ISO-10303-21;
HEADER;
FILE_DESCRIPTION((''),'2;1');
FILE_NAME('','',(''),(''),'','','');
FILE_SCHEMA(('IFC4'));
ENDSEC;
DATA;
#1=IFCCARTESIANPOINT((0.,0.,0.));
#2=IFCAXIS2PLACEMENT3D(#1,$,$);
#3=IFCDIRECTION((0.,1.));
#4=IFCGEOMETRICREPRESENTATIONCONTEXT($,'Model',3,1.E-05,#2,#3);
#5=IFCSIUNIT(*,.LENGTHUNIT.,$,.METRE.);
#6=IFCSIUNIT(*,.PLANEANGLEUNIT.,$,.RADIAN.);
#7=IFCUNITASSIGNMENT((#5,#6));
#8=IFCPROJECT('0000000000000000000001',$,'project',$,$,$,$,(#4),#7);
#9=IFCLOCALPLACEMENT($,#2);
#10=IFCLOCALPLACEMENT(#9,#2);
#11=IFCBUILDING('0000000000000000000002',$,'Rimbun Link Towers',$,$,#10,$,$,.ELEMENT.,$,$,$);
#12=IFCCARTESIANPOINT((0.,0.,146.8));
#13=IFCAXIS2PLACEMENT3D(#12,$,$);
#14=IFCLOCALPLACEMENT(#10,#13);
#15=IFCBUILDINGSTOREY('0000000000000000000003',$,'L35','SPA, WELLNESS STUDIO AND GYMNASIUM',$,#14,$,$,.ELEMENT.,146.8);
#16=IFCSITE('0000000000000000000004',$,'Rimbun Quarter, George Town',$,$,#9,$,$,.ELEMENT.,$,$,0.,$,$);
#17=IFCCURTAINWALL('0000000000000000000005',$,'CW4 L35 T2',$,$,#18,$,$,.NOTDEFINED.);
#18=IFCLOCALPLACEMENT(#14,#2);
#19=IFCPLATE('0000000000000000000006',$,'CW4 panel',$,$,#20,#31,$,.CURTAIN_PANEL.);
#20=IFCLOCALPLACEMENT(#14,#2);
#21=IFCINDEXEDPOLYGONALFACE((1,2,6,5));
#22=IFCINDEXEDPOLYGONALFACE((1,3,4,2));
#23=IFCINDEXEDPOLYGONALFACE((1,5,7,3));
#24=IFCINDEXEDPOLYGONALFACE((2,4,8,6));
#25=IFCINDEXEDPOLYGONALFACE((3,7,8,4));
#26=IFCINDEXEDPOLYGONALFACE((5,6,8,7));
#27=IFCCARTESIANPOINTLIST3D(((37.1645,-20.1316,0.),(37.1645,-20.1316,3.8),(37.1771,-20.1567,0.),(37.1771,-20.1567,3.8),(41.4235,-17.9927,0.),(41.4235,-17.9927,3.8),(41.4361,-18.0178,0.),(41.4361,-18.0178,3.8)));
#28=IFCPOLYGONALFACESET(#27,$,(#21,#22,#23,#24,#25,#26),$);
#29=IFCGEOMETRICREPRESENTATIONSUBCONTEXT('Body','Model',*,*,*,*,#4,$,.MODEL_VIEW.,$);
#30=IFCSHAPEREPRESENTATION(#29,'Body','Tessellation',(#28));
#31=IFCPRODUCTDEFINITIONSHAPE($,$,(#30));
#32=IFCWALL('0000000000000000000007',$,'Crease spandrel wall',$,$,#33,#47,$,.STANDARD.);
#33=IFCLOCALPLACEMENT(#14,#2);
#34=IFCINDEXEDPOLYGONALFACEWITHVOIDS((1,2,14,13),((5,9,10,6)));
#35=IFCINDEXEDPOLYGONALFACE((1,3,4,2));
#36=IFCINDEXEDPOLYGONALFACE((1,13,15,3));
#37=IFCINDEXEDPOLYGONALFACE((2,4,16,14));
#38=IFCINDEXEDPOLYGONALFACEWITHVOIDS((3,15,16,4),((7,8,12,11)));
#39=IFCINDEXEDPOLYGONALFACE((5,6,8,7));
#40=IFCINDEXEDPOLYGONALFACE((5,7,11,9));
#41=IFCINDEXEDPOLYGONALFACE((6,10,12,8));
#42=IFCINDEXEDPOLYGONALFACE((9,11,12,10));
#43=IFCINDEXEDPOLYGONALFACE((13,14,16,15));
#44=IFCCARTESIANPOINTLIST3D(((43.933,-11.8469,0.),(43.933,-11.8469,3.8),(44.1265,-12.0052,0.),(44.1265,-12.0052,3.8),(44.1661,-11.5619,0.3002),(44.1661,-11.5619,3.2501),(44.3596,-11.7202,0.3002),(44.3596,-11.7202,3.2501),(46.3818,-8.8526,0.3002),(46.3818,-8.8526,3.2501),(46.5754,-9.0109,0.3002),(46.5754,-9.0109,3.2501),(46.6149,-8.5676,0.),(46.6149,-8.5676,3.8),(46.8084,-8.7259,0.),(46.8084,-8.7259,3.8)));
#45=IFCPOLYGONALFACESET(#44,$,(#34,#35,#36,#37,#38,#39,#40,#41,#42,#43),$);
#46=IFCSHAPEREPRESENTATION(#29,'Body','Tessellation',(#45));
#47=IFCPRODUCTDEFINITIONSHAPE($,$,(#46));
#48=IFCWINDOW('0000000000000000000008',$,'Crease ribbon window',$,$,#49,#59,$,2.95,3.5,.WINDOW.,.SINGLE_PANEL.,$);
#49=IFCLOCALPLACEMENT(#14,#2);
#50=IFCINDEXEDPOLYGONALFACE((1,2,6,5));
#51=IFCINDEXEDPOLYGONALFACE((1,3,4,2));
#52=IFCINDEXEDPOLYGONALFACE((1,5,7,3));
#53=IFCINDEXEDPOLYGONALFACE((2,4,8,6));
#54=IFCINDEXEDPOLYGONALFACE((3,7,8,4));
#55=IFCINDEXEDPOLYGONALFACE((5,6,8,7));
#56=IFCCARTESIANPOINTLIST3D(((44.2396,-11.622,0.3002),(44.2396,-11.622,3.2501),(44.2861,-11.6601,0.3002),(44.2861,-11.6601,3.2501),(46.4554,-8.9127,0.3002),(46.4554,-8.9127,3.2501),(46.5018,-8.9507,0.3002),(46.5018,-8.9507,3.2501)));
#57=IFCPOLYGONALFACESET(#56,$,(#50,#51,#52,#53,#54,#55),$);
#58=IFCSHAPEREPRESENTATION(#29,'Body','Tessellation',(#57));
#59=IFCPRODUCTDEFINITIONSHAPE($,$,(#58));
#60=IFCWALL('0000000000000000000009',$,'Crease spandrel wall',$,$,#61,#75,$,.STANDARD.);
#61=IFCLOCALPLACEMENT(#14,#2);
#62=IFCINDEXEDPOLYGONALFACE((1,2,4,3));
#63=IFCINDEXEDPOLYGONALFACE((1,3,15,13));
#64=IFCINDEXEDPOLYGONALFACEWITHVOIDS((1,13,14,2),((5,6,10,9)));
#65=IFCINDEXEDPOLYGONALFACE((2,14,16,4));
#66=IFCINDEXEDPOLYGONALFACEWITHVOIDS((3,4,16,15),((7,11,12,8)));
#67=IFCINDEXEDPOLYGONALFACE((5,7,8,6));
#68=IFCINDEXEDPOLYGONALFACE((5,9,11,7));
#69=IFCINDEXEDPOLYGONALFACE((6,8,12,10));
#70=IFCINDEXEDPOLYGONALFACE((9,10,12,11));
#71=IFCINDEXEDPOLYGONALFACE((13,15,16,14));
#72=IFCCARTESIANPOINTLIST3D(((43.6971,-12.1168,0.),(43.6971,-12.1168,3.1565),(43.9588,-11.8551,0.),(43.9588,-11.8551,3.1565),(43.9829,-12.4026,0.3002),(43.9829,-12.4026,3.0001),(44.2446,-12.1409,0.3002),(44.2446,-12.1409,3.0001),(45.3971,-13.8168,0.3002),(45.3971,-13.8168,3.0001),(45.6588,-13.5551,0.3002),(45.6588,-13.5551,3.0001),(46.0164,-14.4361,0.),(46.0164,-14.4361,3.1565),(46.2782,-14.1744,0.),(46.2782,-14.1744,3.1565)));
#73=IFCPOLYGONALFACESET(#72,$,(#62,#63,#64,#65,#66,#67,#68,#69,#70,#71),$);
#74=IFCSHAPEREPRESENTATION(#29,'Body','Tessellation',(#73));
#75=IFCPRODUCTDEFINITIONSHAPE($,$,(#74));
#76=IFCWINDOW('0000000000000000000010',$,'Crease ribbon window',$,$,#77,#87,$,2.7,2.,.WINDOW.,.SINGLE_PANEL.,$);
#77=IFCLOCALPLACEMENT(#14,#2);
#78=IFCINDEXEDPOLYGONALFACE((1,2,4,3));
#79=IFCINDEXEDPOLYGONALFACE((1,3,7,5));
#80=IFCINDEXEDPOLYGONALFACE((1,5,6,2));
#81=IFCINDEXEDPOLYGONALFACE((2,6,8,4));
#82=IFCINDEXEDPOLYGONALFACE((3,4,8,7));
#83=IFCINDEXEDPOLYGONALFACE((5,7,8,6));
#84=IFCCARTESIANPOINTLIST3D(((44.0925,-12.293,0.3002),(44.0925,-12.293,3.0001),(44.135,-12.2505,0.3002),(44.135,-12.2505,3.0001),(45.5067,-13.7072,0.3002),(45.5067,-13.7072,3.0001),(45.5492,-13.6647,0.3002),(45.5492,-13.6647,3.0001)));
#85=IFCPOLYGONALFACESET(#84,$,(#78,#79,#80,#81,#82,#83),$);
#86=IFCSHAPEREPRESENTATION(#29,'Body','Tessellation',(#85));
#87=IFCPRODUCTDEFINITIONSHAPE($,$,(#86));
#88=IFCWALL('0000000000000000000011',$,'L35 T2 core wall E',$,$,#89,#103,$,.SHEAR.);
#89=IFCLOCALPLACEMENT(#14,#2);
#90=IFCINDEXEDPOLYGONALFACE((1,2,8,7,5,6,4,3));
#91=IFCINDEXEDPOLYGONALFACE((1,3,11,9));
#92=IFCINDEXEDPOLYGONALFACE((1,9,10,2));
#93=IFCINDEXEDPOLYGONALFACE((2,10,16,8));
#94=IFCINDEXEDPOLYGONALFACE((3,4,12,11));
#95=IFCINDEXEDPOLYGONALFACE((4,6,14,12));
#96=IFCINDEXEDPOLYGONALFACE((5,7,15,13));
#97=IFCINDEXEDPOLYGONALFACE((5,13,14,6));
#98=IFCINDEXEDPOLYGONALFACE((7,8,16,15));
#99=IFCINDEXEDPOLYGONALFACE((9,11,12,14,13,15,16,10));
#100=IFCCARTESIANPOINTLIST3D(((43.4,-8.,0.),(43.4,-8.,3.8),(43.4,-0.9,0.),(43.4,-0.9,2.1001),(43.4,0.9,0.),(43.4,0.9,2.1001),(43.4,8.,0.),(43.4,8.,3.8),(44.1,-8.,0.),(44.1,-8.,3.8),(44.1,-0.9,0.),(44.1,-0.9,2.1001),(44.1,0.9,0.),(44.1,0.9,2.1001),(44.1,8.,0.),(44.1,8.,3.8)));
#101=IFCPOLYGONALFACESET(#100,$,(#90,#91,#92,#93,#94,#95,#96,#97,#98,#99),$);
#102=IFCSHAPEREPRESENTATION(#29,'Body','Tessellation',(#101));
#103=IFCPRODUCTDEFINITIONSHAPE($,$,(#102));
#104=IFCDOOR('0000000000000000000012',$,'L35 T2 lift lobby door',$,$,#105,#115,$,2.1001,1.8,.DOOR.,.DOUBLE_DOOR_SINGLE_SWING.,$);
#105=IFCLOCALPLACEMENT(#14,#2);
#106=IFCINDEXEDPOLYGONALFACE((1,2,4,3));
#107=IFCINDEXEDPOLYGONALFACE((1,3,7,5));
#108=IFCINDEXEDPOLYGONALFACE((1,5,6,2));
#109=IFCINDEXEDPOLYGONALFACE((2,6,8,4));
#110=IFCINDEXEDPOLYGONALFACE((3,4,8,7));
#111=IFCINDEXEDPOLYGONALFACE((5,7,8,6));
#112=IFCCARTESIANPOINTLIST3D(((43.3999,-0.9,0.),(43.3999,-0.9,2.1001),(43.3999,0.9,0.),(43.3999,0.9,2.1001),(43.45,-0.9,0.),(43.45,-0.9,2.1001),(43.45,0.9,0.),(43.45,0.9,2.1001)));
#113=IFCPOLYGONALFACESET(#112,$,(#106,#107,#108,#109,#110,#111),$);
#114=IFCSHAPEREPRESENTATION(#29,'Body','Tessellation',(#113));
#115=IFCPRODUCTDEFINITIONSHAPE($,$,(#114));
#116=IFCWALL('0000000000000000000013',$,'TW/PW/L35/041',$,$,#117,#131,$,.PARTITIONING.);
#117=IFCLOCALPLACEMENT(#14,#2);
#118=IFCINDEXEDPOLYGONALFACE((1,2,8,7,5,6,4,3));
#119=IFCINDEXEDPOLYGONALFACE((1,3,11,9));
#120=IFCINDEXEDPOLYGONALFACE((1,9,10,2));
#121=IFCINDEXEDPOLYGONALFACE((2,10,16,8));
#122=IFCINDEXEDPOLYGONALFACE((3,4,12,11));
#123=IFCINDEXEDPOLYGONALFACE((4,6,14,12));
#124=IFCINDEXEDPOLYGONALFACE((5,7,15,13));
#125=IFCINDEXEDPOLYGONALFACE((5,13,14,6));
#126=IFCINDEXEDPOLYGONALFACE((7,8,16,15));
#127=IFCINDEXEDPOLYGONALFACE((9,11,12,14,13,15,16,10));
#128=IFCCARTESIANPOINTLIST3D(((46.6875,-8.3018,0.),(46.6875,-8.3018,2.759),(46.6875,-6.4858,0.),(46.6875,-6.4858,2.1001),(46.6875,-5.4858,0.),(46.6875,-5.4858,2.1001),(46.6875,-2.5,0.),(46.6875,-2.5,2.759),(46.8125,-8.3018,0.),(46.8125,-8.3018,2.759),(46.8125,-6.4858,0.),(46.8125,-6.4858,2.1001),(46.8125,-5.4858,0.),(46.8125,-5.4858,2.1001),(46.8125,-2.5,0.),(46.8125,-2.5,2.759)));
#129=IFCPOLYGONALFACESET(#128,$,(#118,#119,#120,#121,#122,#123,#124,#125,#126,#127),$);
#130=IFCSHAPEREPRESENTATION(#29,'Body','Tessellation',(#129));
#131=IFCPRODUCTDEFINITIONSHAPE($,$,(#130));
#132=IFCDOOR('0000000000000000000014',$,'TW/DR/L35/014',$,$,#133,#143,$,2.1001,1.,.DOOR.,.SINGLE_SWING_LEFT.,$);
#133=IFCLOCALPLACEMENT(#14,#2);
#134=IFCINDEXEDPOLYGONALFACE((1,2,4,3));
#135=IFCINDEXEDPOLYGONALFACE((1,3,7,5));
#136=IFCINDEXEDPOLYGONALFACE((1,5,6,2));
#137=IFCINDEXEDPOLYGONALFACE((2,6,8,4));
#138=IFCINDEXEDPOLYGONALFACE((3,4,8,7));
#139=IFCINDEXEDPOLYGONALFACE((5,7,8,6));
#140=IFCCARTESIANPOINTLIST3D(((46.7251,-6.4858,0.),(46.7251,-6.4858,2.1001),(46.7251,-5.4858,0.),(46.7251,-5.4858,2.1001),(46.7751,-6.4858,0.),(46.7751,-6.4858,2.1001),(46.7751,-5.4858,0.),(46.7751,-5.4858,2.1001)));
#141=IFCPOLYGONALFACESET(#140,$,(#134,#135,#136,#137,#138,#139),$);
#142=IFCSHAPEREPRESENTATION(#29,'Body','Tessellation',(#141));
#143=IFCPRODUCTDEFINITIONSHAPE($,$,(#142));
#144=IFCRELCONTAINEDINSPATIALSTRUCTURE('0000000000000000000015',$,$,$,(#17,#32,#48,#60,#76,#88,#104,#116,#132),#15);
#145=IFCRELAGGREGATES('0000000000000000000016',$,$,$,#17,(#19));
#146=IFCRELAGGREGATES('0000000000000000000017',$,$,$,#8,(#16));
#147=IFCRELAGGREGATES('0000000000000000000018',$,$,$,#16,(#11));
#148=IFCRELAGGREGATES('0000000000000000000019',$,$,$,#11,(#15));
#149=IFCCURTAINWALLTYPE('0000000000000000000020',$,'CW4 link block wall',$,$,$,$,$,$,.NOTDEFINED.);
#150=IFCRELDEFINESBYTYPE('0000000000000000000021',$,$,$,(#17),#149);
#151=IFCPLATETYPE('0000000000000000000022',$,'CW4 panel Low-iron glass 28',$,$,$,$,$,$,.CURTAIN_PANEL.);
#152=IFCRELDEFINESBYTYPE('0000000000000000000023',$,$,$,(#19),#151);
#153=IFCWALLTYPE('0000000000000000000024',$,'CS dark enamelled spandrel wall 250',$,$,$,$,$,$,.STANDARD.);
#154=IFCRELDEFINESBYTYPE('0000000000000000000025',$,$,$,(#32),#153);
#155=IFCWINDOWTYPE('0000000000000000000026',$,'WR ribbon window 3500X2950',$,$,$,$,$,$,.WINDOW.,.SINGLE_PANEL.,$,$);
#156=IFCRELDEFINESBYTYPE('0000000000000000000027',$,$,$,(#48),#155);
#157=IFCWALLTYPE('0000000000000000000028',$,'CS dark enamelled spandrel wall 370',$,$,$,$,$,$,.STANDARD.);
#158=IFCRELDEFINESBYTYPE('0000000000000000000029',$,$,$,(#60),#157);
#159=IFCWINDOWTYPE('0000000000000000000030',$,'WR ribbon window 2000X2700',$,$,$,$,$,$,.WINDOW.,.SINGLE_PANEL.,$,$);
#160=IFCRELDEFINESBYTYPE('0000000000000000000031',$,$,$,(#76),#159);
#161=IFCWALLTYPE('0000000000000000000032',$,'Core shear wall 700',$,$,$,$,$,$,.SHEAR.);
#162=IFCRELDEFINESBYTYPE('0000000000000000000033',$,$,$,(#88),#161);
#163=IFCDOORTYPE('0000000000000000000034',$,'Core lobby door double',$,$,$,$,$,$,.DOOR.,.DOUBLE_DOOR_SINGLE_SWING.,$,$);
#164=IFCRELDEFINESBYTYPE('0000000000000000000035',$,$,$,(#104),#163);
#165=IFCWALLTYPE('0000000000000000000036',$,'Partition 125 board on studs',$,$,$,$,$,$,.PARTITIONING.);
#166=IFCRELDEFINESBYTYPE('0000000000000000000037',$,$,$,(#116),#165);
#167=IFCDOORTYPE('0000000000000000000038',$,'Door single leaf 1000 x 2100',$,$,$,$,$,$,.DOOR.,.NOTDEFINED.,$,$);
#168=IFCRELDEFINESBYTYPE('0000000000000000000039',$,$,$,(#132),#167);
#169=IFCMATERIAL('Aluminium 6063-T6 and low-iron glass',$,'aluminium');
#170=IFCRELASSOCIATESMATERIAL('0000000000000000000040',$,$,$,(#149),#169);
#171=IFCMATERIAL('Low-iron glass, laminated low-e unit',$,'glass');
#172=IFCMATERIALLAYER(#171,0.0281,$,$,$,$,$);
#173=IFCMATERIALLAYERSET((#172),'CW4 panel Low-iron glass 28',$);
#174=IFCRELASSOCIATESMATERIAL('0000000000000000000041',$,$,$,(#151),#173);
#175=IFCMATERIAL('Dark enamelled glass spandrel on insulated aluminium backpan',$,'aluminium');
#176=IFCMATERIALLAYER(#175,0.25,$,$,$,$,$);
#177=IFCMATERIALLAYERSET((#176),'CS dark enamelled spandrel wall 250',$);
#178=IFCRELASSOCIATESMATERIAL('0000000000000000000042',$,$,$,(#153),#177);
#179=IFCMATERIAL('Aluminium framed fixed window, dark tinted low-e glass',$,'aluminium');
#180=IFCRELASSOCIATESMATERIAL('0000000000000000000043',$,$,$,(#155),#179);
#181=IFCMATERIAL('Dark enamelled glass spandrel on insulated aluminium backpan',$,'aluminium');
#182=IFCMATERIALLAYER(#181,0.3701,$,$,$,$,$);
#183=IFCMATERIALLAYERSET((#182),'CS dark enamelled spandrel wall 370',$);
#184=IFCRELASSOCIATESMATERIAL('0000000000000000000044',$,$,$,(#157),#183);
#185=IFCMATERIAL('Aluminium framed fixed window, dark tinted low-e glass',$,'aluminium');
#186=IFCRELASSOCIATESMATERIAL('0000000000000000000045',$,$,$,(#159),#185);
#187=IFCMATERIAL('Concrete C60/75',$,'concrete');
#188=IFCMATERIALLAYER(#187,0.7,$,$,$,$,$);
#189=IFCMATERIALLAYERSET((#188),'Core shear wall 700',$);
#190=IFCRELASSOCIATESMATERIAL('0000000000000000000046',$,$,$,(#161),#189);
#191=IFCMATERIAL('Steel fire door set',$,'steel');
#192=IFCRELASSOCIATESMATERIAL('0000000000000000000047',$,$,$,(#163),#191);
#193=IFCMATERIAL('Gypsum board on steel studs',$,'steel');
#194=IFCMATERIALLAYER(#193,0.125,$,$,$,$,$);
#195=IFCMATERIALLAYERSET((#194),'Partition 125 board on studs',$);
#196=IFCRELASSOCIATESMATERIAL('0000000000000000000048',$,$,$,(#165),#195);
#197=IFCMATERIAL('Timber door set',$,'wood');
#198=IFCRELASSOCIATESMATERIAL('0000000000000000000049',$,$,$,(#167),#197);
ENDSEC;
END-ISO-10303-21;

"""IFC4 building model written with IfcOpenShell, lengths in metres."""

from ifc_helpers import new_model, si_unit, direction, frame, frame_2d, origin, origin_2d, place, context, subcontext, project, spatial, rectangle, extrude, material, layer, layer_set, type_object, element, fill, aggregate, save


model = new_model("IFC4")

# Units and contexts
model_context = context("Model", 3, precision=1e-05, world=origin(), true_north=direction((0.0, 1.0)))
body_context = subcontext(model_context, "Body", "Model", "MODEL_VIEW")
ifc_project = project(units=[si_unit("LENGTHUNIT", "METRE"), si_unit("PLANEANGLEUNIT", "RADIAN")], contexts=[model_context])

# Site, building, storey
site_placement = place(None, origin())
site = spatial("IfcSite", under=ifc_project, at=site_placement, Name="Rimbun Quarter, George Town", CompositionType="ELEMENT", RefElevation=0.0)
building_placement = place(site_placement, origin())
building = spatial("IfcBuilding", under=site, at=building_placement, Name="Rimbun Link Towers", CompositionType="ELEMENT")
storey_placement = place(building_placement, frame((0.0, 0.0, 146.8)))
storey = spatial("IfcBuildingStorey", under=building, at=storey_placement, Name="L35", Description="SPA, WELLNESS STUDIO AND GYMNASIUM", CompositionType="ELEMENT", Elevation=146.8)

# Curtain wall
ifc_material_1 = material(Name="Aluminium 6063-T6 and low-iron glass", Category="aluminium")
curtain_wall_type = type_object("IfcCurtainWallType", Name="CW4 link block wall", PredefinedType="NOTDEFINED", material=ifc_material_1)
curtain_wall_placement = place(storey_placement, origin())
curtain_wall = element("IfcCurtainWall", 1, at=curtain_wall_placement, inside=storey, type_object=curtain_wall_type, Name="CW4 L35 T2", PredefinedType="NOTDEFINED")

# Plate
ifc_material_2 = material(Name="Low-iron glass, laminated low-e unit", Category="glass")
ifc_layer_1 = layer(ifc_material_2, 0.0281)
ifc_layer_set_1 = layer_set([ifc_layer_1], Name="CW4 panel Low-iron glass 28")
plate_type = type_object("IfcPlateType", Name="CW4 panel Low-iron glass 28", PredefinedType="CURTAIN_PANEL", material=ifc_layer_set_1)
plate_placement = place(storey_placement, frame((39.3003, -19.0747, 0.0), z_axis=(0.0, 0.0, 1.0), x_axis=(-0.893641, -0.448782, 0.0)))
plate = element("IfcPlate", 2, at=plate_placement, type_object=plate_type, Name="CW4 panel", PredefinedType="CURTAIN_PANEL", context=body_context, shape_type="SweptSolid", body=[
    extrude(rectangle(XDim=4.7659, YDim=0.0281, at=origin_2d()), origin(), (0.0, 0.0, 1.0), 3.8),
])
aggregate(curtain_wall, [plate])

# Walls, openings, windows
ifc_material_3 = material(Name="Dark enamelled glass spandrel on insulated aluminium backpan", Category="aluminium")
ifc_layer_2 = layer(ifc_material_3, 0.25)
ifc_layer_set_2 = layer_set([ifc_layer_2], Name="CS dark enamelled spandrel wall 250")
wall_type_1 = type_object("IfcWallType", Name="CS dark enamelled spandrel wall 250", PredefinedType="STANDARD", material=ifc_layer_set_2)
wall_1_placement = place(storey_placement, frame((46.7117, -8.6467, 0.0), z_axis=(0.0, 0.0, 1.0), x_axis=(-0.633071, -0.774093, 0.0)))
wall_1 = element("IfcWall", 3, at=wall_1_placement, inside=storey, type_object=wall_type_1, Name="Crease spandrel wall", PredefinedType="STANDARD", context=body_context, shape_type="SweptSolid", body=[
    extrude(rectangle(XDim=4.2363, YDim=0.25, at=frame_2d((2.1182, 0.0))), origin(), (0.0, 0.0, 1.0), 3.8),
])
opening_1_placement = place(wall_1_placement, frame((0.3682, 0.0, 0.3)))
opening_1 = element("IfcOpeningElement", 4, at=opening_1_placement, cuts=wall_1, PredefinedType="OPENING", context=body_context, shape_type="SweptSolid", body=[
    extrude(rectangle(XDim=3.5, YDim=2.95, at=frame_2d((1.75, 1.4751))), frame((0.0, 0.135, 0.0), z_axis=(0.0, -1.0, 0.0), x_axis=(1.0, 0.0, 0.0)), (0.0, 0.0, 1.0), 0.27),
])
ifc_material_4 = material(Name="Aluminium framed fixed window, dark tinted low-e glass", Category="aluminium")
window_type_1 = type_object("IfcWindowType", Name="WR ribbon window 3500X2950", PartitioningType="SINGLE_PANEL", PredefinedType="WINDOW", material=ifc_material_4)
window_1_placement = place(opening_1_placement, origin())
window_1 = element("IfcWindow", 5, at=window_1_placement, inside=storey, type_object=window_type_1, Name="Crease ribbon window", OverallHeight=2.95, OverallWidth=3.5, PartitioningType="SINGLE_PANEL", PredefinedType="WINDOW", context=body_context, shape_type="SweptSolid", body=[
    extrude(rectangle(XDim=3.5, YDim=2.95, at=frame_2d((1.75, 1.4751))), frame((0.0, 0.03, 0.0), z_axis=(0.0, -1.0, 0.0), x_axis=(1.0, 0.0, 0.0)), (0.0, 0.0, 1.0), 0.0601),
])
fill(opening_1, window_1)
ifc_material_5 = material(Name="Dark enamelled glass spandrel on insulated aluminium backpan", Category="aluminium")
ifc_layer_3 = layer(ifc_material_5, 0.3701)
ifc_layer_set_3 = layer_set([ifc_layer_3], Name="CS dark enamelled spandrel wall 370")
wall_type_2 = type_object("IfcWallType", Name="CS dark enamelled spandrel wall 370", PredefinedType="STANDARD", material=ifc_layer_set_3)
wall_2_placement = place(storey_placement, frame((43.8279, -11.9858, 0.0), z_axis=(0.0, 0.0, 1.0), x_axis=(0.707107, -0.707107, 0.0)))
wall_2 = element("IfcWall", 6, at=wall_2_placement, inside=storey, type_object=wall_type_2, Name="Crease spandrel wall", PredefinedType="STANDARD", context=body_context, shape_type="SweptSolid", body=[
    extrude(rectangle(XDim=3.28, YDim=0.3701, at=frame_2d((1.6401, 0.0))), origin(), (0.0, 0.0, 1.0), 3.1565),
])
opening_2_placement = place(wall_2_placement, frame((0.4043, 0.0, 0.3)))
opening_2 = element("IfcOpeningElement", 7, at=opening_2_placement, cuts=wall_2, PredefinedType="OPENING", context=body_context, shape_type="SweptSolid", body=[
    extrude(rectangle(XDim=2.0, YDim=2.7, at=frame_2d((1.0, 1.3501))), frame((0.0, 0.1951, 0.0), z_axis=(0.0, -1.0, 0.0), x_axis=(1.0, 0.0, 0.0)), (0.0, 0.0, 1.0), 0.3901),
])
ifc_material_6 = material(Name="Aluminium framed fixed window, dark tinted low-e glass", Category="aluminium")
window_type_2 = type_object("IfcWindowType", Name="WR ribbon window 2000X2700", PartitioningType="SINGLE_PANEL", PredefinedType="WINDOW", material=ifc_material_6)
window_2_placement = place(opening_2_placement, origin())
window_2 = element("IfcWindow", 8, at=window_2_placement, inside=storey, type_object=window_type_2, Name="Crease ribbon window", OverallHeight=2.7, OverallWidth=2.0, PartitioningType="SINGLE_PANEL", PredefinedType="WINDOW", context=body_context, shape_type="SweptSolid", body=[
    extrude(rectangle(XDim=2.0, YDim=2.7, at=frame_2d((1.0, 1.3501))), frame((0.0, 0.03, 0.0), z_axis=(0.0, -1.0, 0.0), x_axis=(1.0, 0.0, 0.0)), (0.0, 0.0, 1.0), 0.0601),
])
fill(opening_2, window_2)

# Walls, openings, doors
ifc_material_7 = material(Name="Concrete C60/75", Category="concrete")
ifc_layer_4 = layer(ifc_material_7, 0.7)
ifc_layer_set_4 = layer_set([ifc_layer_4], Name="Core shear wall 700")
wall_type_3 = type_object("IfcWallType", Name="Core shear wall 700", PredefinedType="SHEAR", material=ifc_layer_set_4)
wall_3_placement = place(storey_placement, frame((43.75, -8.0, 0.0), z_axis=(0.0, 0.0, 1.0), x_axis=(0.0, 1.0, 0.0)))
wall_3 = element("IfcWall", 9, at=wall_3_placement, inside=storey, type_object=wall_type_3, Name="L35 T2 core wall E", PredefinedType="SHEAR", context=body_context, shape_type="SweptSolid", body=[
    extrude(rectangle(XDim=16.0, YDim=0.7, at=frame_2d((8.0, 0.0))), origin(), (0.0, 0.0, 1.0), 3.8),
])
opening_3_placement = place(wall_3_placement, frame((7.1001, 0.0, 0.0)))
opening_3 = element("IfcOpeningElement", 10, at=opening_3_placement, cuts=wall_3, PredefinedType="OPENING", context=body_context, shape_type="SweptSolid", body=[
    extrude(rectangle(XDim=1.8, YDim=2.1001, at=frame_2d((0.8999, 1.05))), frame((0.0, 0.3599, 0.0), z_axis=(0.0, -1.0, 0.0), x_axis=(1.0, 0.0, 0.0)), (0.0, 0.0, 1.0), 0.72),
])
ifc_material_8 = material(Name="Steel fire door set", Category="steel")
door_type_1 = type_object("IfcDoorType", Name="Core lobby door double", OperationType="DOUBLE_DOOR_SINGLE_SWING", PredefinedType="DOOR", material=ifc_material_8)
door_1_placement = place(opening_3_placement, origin())
door_1 = element("IfcDoor", 11, at=door_1_placement, inside=storey, type_object=door_type_1, Name="L35 T2 lift lobby door", OperationType="DOUBLE_DOOR_SINGLE_SWING", OverallHeight=2.1001, OverallWidth=1.8, PredefinedType="DOOR", context=body_context, shape_type="SweptSolid", body=[
    extrude(rectangle(XDim=1.8, YDim=2.1001, at=frame_2d((0.8999, 1.05))), frame((0.0, 0.3501, 0.0), z_axis=(0.0, -1.0, 0.0), x_axis=(1.0, 0.0, 0.0)), (0.0, 0.0, 1.0), 0.05),
])
fill(opening_3, door_1)
ifc_material_9 = material(Name="Gypsum board on steel studs", Category="steel")
ifc_layer_5 = layer(ifc_material_9, 0.125)
ifc_layer_set_5 = layer_set([ifc_layer_5], Name="Partition 125 board on studs")
wall_type_4 = type_object("IfcWallType", Name="Partition 125 board on studs", PredefinedType="PARTITIONING", material=ifc_layer_set_5)
wall_4_placement = place(storey_placement, frame((46.75, -8.3018, 0.0), z_axis=(0.0, 0.0, 1.0), x_axis=(0.0, 1.0, 0.0)))
wall_4 = element("IfcWall", 12, at=wall_4_placement, inside=storey, type_object=wall_type_4, Name="TW/PW/L35/041", PredefinedType="PARTITIONING", context=body_context, shape_type="SweptSolid", body=[
    extrude(rectangle(XDim=5.8018, YDim=0.125, at=frame_2d((2.9009, 0.0))), origin(), (0.0, 0.0, 1.0), 2.759),
])
opening_4_placement = place(wall_4_placement, frame((1.8159, 0.0, 0.0)))
opening_4 = element("IfcOpeningElement", 13, at=opening_4_placement, cuts=wall_4, PredefinedType="OPENING", context=body_context, shape_type="SweptSolid", body=[
    extrude(rectangle(XDim=1.0, YDim=2.1001, at=frame_2d((0.5, 1.05))), frame((0.0, 0.0725, 0.0), z_axis=(0.0, -1.0, 0.0), x_axis=(1.0, 0.0, 0.0)), (0.0, 0.0, 1.0), 0.145),
])
ifc_material_10 = material(Name="Timber door set", Category="wood")
door_type_2 = type_object("IfcDoorType", Name="Door single leaf 1000 x 2100", OperationType="NOTDEFINED", PredefinedType="DOOR", material=ifc_material_10)
door_2_placement = place(opening_4_placement, origin())
door_2 = element("IfcDoor", 14, at=door_2_placement, inside=storey, type_object=door_type_2, Name="TW/DR/L35/014", OperationType="SINGLE_SWING_LEFT", OverallHeight=2.1001, OverallWidth=1.0, PredefinedType="DOOR", context=body_context, shape_type="SweptSolid", body=[
    extrude(rectangle(XDim=1.0, YDim=2.1001, at=frame_2d((0.5, 1.05))), frame((0.0, 0.0249, 0.0), z_axis=(0.0, -1.0, 0.0), x_axis=(1.0, 0.0, 0.0)), (0.0, 0.0, 1.0), 0.05),
])
fill(opening_4, door_2)

save(model, "model.ifc")
